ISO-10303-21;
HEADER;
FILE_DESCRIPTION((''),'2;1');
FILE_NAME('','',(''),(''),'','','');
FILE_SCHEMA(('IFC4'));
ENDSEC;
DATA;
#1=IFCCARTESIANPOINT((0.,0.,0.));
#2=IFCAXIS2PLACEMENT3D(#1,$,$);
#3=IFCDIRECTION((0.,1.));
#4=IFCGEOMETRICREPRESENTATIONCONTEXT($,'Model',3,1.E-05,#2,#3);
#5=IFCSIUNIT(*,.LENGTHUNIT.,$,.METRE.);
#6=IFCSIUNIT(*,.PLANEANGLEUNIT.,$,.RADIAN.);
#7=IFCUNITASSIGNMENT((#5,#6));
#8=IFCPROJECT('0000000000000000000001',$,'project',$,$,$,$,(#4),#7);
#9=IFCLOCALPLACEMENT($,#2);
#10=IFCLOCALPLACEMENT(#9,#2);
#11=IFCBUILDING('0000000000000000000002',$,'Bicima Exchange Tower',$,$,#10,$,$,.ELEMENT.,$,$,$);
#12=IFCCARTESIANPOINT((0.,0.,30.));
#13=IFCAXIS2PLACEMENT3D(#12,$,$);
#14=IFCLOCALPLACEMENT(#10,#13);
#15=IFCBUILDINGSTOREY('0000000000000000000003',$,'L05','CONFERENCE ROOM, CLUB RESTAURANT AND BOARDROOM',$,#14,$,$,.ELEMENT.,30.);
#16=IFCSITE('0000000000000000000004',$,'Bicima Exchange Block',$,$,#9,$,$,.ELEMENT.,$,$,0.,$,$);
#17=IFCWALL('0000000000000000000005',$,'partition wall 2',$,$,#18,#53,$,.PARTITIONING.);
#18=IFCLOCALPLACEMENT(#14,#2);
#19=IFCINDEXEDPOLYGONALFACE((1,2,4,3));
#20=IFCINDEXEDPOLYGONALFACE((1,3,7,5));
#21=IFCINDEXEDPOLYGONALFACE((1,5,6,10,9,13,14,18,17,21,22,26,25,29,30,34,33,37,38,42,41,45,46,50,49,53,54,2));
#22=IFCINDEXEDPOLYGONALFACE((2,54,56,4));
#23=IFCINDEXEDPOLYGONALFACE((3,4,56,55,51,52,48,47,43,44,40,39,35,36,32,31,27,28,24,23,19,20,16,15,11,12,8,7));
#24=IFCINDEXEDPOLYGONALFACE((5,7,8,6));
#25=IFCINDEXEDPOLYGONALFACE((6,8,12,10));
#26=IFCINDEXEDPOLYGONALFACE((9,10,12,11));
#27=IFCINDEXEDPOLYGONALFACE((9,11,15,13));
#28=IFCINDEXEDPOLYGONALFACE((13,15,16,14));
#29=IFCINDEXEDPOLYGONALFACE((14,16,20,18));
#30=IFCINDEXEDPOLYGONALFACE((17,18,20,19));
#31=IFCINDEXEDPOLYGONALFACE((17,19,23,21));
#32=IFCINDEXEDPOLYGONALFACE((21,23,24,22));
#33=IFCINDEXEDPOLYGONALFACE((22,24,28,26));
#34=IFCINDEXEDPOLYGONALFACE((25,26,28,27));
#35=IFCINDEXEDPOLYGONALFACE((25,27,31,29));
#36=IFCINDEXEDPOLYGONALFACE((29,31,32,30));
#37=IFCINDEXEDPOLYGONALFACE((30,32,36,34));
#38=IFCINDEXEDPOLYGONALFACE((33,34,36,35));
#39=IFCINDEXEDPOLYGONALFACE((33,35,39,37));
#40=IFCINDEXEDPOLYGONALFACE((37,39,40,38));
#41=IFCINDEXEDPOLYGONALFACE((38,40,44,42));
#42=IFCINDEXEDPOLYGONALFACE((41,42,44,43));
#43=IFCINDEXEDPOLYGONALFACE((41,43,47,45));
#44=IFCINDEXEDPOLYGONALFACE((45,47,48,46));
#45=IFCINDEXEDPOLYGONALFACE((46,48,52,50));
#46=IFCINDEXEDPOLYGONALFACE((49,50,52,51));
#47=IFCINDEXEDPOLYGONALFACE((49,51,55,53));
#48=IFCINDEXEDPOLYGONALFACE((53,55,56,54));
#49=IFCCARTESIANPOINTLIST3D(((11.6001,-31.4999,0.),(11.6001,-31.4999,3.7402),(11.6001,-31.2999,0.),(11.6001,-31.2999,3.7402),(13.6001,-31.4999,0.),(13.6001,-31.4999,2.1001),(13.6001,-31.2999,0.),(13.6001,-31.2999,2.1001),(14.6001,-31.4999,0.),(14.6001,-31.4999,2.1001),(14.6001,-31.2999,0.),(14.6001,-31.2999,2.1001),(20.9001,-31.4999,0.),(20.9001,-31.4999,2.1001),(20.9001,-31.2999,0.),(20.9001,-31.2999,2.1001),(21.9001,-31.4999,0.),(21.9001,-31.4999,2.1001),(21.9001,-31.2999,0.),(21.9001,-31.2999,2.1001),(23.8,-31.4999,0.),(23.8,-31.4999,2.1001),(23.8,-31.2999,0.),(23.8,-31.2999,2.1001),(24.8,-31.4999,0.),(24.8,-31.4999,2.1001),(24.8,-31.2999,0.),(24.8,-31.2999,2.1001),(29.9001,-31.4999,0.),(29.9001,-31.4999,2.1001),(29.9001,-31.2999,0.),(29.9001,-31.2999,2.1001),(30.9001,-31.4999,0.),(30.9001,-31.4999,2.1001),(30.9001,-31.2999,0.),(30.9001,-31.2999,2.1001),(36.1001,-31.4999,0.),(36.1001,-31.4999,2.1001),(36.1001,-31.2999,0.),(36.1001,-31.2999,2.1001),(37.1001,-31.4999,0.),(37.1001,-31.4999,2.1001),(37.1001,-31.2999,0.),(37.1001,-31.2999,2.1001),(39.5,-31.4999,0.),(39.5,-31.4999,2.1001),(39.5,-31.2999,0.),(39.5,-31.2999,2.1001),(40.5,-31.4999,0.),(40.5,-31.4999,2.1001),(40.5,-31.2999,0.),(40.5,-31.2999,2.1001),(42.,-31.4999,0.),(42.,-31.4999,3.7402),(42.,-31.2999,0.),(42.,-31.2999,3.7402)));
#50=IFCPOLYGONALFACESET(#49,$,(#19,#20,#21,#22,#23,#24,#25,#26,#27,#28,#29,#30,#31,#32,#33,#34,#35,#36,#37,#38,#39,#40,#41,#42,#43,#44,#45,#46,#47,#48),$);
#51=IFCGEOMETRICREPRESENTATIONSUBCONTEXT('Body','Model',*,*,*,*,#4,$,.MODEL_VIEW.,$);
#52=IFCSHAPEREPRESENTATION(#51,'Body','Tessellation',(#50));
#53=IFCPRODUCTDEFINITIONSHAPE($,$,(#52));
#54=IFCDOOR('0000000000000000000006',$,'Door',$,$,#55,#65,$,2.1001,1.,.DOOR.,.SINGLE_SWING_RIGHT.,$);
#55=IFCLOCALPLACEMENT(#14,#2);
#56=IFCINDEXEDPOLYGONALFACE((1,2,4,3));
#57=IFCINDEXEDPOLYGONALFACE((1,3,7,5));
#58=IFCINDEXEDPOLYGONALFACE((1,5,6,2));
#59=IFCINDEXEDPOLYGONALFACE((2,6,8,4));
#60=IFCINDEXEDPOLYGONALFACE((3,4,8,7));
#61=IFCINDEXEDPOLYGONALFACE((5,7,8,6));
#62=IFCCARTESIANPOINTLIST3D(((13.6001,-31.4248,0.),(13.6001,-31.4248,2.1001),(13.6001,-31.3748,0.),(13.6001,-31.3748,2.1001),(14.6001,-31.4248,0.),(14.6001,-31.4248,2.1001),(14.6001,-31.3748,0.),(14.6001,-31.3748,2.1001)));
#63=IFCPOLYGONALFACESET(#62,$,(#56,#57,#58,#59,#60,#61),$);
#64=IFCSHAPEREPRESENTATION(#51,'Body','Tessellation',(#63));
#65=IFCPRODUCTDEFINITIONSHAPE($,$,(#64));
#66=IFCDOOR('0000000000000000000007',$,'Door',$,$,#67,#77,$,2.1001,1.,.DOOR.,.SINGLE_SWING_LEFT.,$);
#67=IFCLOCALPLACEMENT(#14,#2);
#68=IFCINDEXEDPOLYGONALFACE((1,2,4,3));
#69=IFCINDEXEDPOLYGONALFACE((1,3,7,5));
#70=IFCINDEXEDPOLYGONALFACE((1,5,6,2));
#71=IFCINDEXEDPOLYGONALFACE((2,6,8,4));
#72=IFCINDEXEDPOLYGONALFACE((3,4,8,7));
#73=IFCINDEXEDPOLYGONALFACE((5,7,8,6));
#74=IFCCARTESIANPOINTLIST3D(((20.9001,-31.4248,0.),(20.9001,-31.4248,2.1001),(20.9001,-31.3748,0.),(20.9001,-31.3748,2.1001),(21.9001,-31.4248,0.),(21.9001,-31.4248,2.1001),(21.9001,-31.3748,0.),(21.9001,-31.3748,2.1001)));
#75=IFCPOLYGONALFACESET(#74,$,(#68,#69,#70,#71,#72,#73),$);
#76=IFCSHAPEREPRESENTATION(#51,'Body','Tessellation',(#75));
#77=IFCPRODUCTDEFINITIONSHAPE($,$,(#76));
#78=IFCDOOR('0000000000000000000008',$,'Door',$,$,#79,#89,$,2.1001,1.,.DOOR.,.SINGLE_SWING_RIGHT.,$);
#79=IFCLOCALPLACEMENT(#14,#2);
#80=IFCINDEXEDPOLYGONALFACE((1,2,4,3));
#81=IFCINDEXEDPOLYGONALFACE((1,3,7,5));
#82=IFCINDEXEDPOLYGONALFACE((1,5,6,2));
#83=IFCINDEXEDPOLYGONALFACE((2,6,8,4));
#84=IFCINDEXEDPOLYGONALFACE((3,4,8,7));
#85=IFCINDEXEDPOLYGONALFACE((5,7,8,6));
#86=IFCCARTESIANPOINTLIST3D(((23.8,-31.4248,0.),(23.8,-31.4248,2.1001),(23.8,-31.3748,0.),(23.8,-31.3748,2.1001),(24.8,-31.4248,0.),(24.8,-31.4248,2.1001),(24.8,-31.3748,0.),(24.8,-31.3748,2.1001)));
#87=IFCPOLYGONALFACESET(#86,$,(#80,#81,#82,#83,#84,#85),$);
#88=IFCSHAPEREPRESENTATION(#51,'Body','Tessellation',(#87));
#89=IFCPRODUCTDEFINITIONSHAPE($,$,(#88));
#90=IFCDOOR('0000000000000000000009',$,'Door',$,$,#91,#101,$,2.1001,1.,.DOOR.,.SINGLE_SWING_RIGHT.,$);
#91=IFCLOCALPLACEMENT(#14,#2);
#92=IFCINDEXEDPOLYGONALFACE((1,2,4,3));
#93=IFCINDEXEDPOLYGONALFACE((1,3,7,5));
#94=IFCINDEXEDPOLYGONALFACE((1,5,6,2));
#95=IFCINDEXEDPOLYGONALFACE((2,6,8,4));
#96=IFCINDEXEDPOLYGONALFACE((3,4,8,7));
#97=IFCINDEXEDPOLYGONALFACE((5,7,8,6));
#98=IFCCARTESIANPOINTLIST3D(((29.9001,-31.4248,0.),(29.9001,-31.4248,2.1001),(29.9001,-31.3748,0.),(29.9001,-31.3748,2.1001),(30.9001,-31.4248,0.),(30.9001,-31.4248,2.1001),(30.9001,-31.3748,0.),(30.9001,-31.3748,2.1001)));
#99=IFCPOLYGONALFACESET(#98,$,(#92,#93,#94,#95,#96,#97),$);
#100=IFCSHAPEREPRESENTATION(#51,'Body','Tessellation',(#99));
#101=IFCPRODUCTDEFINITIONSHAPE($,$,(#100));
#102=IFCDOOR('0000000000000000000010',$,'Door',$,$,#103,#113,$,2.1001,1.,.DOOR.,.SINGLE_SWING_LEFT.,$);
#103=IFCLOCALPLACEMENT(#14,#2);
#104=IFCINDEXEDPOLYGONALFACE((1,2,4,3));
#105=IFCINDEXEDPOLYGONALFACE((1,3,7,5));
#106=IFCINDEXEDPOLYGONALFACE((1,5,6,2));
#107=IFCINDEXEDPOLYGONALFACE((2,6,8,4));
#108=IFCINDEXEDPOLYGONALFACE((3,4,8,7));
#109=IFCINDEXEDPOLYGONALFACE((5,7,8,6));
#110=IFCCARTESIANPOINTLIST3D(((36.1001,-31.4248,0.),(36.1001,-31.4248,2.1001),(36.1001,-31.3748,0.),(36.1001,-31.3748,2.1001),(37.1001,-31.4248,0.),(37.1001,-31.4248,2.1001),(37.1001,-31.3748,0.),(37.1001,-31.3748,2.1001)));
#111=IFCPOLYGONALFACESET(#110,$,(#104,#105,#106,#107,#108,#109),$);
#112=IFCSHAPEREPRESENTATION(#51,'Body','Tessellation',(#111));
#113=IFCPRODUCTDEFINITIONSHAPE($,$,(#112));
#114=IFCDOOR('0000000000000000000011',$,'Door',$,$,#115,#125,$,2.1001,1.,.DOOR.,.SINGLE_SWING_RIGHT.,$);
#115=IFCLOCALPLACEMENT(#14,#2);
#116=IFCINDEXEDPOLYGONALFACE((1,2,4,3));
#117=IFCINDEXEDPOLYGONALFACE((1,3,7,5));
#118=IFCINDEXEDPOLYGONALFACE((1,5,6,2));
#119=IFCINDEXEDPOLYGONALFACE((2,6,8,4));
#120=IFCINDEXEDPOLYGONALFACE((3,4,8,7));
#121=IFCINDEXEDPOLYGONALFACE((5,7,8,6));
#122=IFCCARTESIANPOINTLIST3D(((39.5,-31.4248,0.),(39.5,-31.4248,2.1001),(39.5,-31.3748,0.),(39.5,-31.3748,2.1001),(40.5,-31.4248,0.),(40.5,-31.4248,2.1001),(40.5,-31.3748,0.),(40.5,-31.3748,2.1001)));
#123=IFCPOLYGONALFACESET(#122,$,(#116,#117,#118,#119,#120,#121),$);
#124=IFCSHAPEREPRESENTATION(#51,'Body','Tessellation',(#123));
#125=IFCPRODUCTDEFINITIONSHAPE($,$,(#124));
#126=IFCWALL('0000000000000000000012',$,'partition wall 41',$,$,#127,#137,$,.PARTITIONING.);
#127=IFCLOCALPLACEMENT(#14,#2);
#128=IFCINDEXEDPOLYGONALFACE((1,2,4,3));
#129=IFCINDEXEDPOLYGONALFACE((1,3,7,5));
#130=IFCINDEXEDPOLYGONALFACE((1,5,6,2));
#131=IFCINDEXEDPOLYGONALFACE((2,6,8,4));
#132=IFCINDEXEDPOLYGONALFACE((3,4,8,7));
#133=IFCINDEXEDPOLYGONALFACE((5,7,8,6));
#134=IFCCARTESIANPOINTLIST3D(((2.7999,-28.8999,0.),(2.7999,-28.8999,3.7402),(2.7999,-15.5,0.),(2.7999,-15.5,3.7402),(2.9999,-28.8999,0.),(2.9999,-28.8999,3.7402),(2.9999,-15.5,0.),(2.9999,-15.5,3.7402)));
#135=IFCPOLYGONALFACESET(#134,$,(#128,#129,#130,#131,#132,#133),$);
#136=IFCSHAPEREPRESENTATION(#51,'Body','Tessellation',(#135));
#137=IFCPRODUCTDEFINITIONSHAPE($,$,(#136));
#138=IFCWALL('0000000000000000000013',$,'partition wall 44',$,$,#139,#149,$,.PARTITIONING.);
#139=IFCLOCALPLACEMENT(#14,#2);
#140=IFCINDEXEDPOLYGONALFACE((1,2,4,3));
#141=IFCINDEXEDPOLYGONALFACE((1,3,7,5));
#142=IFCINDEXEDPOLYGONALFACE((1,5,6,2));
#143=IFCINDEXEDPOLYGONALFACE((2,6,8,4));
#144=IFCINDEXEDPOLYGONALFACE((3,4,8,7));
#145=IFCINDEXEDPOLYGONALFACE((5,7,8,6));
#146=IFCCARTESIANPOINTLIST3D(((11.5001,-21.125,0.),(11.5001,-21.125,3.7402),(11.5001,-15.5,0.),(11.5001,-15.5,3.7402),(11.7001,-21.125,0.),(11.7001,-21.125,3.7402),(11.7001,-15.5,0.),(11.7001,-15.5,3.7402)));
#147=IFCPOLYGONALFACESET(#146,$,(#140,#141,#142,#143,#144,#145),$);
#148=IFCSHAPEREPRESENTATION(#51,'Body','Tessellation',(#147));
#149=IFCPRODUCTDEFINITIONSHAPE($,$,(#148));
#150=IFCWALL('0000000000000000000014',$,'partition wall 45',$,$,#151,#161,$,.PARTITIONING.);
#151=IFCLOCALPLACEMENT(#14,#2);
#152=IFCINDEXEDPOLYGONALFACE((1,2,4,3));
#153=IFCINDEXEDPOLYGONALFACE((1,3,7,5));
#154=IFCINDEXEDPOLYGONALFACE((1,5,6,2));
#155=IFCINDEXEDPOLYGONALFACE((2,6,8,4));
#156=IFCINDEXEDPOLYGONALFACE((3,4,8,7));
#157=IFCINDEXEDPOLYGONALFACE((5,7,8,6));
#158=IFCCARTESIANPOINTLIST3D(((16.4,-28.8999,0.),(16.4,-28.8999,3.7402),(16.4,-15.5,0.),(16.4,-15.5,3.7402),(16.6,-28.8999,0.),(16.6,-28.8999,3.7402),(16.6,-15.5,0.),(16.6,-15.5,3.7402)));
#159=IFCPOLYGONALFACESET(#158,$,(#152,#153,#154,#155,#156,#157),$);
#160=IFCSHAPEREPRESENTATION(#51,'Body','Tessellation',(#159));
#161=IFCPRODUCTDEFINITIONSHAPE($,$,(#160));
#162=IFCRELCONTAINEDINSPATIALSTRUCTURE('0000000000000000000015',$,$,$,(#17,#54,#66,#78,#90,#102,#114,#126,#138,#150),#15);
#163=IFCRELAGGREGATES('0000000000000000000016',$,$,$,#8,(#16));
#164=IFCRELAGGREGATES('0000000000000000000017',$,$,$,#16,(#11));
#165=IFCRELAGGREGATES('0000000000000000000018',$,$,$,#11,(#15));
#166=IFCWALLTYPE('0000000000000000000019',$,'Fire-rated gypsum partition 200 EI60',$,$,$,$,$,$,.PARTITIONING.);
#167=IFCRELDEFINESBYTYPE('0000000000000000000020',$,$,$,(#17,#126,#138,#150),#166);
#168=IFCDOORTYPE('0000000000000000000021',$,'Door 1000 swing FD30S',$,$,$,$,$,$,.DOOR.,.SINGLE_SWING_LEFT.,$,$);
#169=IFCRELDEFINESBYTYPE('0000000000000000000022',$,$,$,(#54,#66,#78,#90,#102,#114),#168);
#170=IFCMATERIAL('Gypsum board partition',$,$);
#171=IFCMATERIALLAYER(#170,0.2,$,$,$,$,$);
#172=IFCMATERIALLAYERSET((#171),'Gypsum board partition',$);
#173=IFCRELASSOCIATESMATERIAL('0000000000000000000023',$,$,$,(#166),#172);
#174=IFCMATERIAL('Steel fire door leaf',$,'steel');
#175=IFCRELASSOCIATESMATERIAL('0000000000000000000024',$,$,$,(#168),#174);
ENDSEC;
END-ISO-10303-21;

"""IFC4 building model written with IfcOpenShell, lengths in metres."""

from ifc_helpers import new_model, si_unit, direction, frame, frame_2d, origin, place, context, subcontext, project, spatial, rectangle, extrude, material, layer, layer_set, type_object, element, fill, save


model = new_model("IFC4")

# Units and contexts
model_context = context("Model", 3, precision=1e-05, world=origin(), true_north=direction((0.0, 1.0)))
body_context = subcontext(model_context, "Body", "Model", "MODEL_VIEW")
ifc_project = project(units=[si_unit("LENGTHUNIT", "METRE"), si_unit("PLANEANGLEUNIT", "RADIAN")], contexts=[model_context])

# Site, building, storey
site_placement = place(None, origin())
site = spatial("IfcSite", under=ifc_project, at=site_placement, Name="Bicima Exchange Block", CompositionType="ELEMENT", RefElevation=0.0)
building_placement = place(site_placement, origin())
building = spatial("IfcBuilding", under=site, at=building_placement, Name="Bicima Exchange Tower", CompositionType="ELEMENT")
storey_placement = place(building_placement, frame((0.0, 0.0, 30.0)))
storey = spatial("IfcBuildingStorey", under=building, at=storey_placement, Name="L05", Description="CONFERENCE ROOM, CLUB RESTAURANT AND BOARDROOM", CompositionType="ELEMENT", Elevation=30.0)

# Wall, openings, doors
ifc_material_1 = material(Name="Gypsum board partition")
ifc_layer_1 = layer(ifc_material_1, 0.2)
ifc_layer_set_1 = layer_set([ifc_layer_1], Name="Gypsum board partition")
wall_type_1 = type_object("IfcWallType", Name="Fire-rated gypsum partition 200 EI60", PredefinedType="PARTITIONING", material=ifc_layer_set_1)
wall_1_placement = place(storey_placement, frame((11.6001, -31.3999, 0.0), z_axis=(0.0, 0.0, 1.0), x_axis=(1.0, 0.0, 0.0)))
wall_1 = element("IfcWall", 1, at=wall_1_placement, inside=storey, type_object=wall_type_1, Name="partition wall 2", PredefinedType="PARTITIONING", context=body_context, shape_type="SweptSolid", body=[
    extrude(rectangle(XDim=30.3999, YDim=0.2, at=frame_2d((15.2, 0.0))), origin(), (0.0, 0.0, 1.0), 3.7402),
])
opening_1_placement = place(wall_1_placement, frame((2.0, 0.0, 0.0)))
opening_1 = element("IfcOpeningElement", 2, at=opening_1_placement, cuts=wall_1, PredefinedType="OPENING", context=body_context, shape_type="SweptSolid", body=[
    extrude(rectangle(XDim=1.0, YDim=2.1001, at=frame_2d((0.5, 1.05))), frame((0.0, 0.1118, 0.0), z_axis=(0.0, -1.0, 0.0), x_axis=(1.0, 0.0, 0.0)), (0.0, 0.0, 1.0), 0.2239),
])
opening_2_placement = place(wall_1_placement, frame((9.3, 0.0, 0.0)))
opening_2 = element("IfcOpeningElement", 3, at=opening_2_placement, cuts=wall_1, PredefinedType="OPENING", context=body_context, shape_type="SweptSolid", body=[
    extrude(rectangle(XDim=1.0, YDim=2.1001, at=frame_2d((0.5, 1.05))), frame((0.0, 0.1118, 0.0), z_axis=(0.0, -1.0, 0.0), x_axis=(1.0, 0.0, 0.0)), (0.0, 0.0, 1.0), 0.2239),
])
opening_3_placement = place(wall_1_placement, frame((12.2, 0.0, 0.0)))
opening_3 = element("IfcOpeningElement", 4, at=opening_3_placement, cuts=wall_1, PredefinedType="OPENING", context=body_context, shape_type="SweptSolid", body=[
    extrude(rectangle(XDim=1.0, YDim=2.1001, at=frame_2d((0.5, 1.05))), frame((0.0, 0.1118, 0.0), z_axis=(0.0, -1.0, 0.0), x_axis=(1.0, 0.0, 0.0)), (0.0, 0.0, 1.0), 0.2239),
])
opening_4_placement = place(wall_1_placement, frame((18.3, 0.0, 0.0)))
opening_4 = element("IfcOpeningElement", 5, at=opening_4_placement, cuts=wall_1, PredefinedType="OPENING", context=body_context, shape_type="SweptSolid", body=[
    extrude(rectangle(XDim=1.0, YDim=2.1001, at=frame_2d((0.5, 1.05))), frame((0.0, 0.1118, 0.0), z_axis=(0.0, -1.0, 0.0), x_axis=(1.0, 0.0, 0.0)), (0.0, 0.0, 1.0), 0.2239),
])
opening_5_placement = place(wall_1_placement, frame((24.5, 0.0, 0.0)))
opening_5 = element("IfcOpeningElement", 6, at=opening_5_placement, cuts=wall_1, PredefinedType="OPENING", context=body_context, shape_type="SweptSolid", body=[
    extrude(rectangle(XDim=1.0, YDim=2.1001, at=frame_2d((0.5, 1.05))), frame((0.0, 0.1118, 0.0), z_axis=(0.0, -1.0, 0.0), x_axis=(1.0, 0.0, 0.0)), (0.0, 0.0, 1.0), 0.2239),
])
opening_6_placement = place(wall_1_placement, frame((27.8999, 0.0, 0.0)))
opening_6 = element("IfcOpeningElement", 7, at=opening_6_placement, cuts=wall_1, PredefinedType="OPENING", context=body_context, shape_type="SweptSolid", body=[
    extrude(rectangle(XDim=1.0, YDim=2.1001, at=frame_2d((0.5, 1.05))), frame((0.0, 0.1118, 0.0), z_axis=(0.0, -1.0, 0.0), x_axis=(1.0, 0.0, 0.0)), (0.0, 0.0, 1.0), 0.2239),
])
ifc_material_2 = material(Name="Steel fire door leaf", Category="steel")
door_type = type_object("IfcDoorType", Name="Door 1000 swing FD30S", OperationType="SINGLE_SWING_LEFT", PredefinedType="DOOR", material=ifc_material_2)
door_1_placement = place(opening_1_placement, frame((1.0, 0.0, 0.0), z_axis=(0.0, 0.0, 1.0), x_axis=(-1.0, 0.0, 0.0)))
door_1 = element("IfcDoor", 8, at=door_1_placement, inside=storey, type_object=door_type, Name="Door", OperationType="SINGLE_SWING_RIGHT", OverallHeight=2.1001, OverallWidth=1.0, PredefinedType="DOOR", context=body_context, shape_type="SweptSolid", body=[
    extrude(rectangle(XDim=1.0, YDim=2.1001, at=frame_2d((0.5, 1.05))), frame((0.0, 0.0249, 0.0), z_axis=(0.0, -1.0, 0.0), x_axis=(1.0, 0.0, 0.0)), (0.0, 0.0, 1.0), 0.05),
])
fill(opening_1, door_1)
door_2_placement = place(opening_2_placement, frame((1.0, 0.0, 0.0), z_axis=(0.0, 0.0, 1.0), x_axis=(-1.0, 0.0, 0.0)))
door_2 = element("IfcDoor", 9, at=door_2_placement, inside=storey, type_object=door_type, Name="Door", OperationType="SINGLE_SWING_LEFT", OverallHeight=2.1001, OverallWidth=1.0, PredefinedType="DOOR", context=body_context, shape_type="SweptSolid", body=[
    extrude(rectangle(XDim=1.0, YDim=2.1001, at=frame_2d((0.5, 1.05))), frame((0.0, 0.0249, 0.0), z_axis=(0.0, -1.0, 0.0), x_axis=(1.0, 0.0, 0.0)), (0.0, 0.0, 1.0), 0.05),
])
fill(opening_2, door_2)
door_3_placement = place(opening_3_placement, frame((1.0, 0.0, 0.0), z_axis=(0.0, 0.0, 1.0), x_axis=(-1.0, 0.0, 0.0)))
door_3 = element("IfcDoor", 10, at=door_3_placement, inside=storey, type_object=door_type, Name="Door", OperationType="SINGLE_SWING_RIGHT", OverallHeight=2.1001, OverallWidth=1.0, PredefinedType="DOOR", context=body_context, shape_type="SweptSolid", body=[
    extrude(rectangle(XDim=1.0, YDim=2.1001, at=frame_2d((0.5, 1.05))), frame((0.0, 0.0249, 0.0), z_axis=(0.0, -1.0, 0.0), x_axis=(1.0, 0.0, 0.0)), (0.0, 0.0, 1.0), 0.05),
])
fill(opening_3, door_3)
door_4_placement = place(opening_4_placement, frame((1.0, 0.0, 0.0), z_axis=(0.0, 0.0, 1.0), x_axis=(-1.0, 0.0, 0.0)))
door_4 = element("IfcDoor", 11, at=door_4_placement, inside=storey, type_object=door_type, Name="Door", OperationType="SINGLE_SWING_RIGHT", OverallHeight=2.1001, OverallWidth=1.0, PredefinedType="DOOR", context=body_context, shape_type="SweptSolid", body=[
    extrude(rectangle(XDim=1.0, YDim=2.1001, at=frame_2d((0.5, 1.05))), frame((0.0, 0.0249, 0.0), z_axis=(0.0, -1.0, 0.0), x_axis=(1.0, 0.0, 0.0)), (0.0, 0.0, 1.0), 0.05),
])
fill(opening_4, door_4)
door_5_placement = place(opening_5_placement, frame((1.0, 0.0, 0.0), z_axis=(0.0, 0.0, 1.0), x_axis=(-1.0, 0.0, 0.0)))
door_5 = element("IfcDoor", 12, at=door_5_placement, inside=storey, type_object=door_type, Name="Door", OperationType="SINGLE_SWING_LEFT", OverallHeight=2.1001, OverallWidth=1.0, PredefinedType="DOOR", context=body_context, shape_type="SweptSolid", body=[
    extrude(rectangle(XDim=1.0, YDim=2.1001, at=frame_2d((0.5, 1.05))), frame((0.0, 0.0249, 0.0), z_axis=(0.0, -1.0, 0.0), x_axis=(1.0, 0.0, 0.0)), (0.0, 0.0, 1.0), 0.05),
])
fill(opening_5, door_5)
door_6_placement = place(opening_6_placement, frame((1.0, 0.0, 0.0), z_axis=(0.0, 0.0, 1.0), x_axis=(-1.0, 0.0, 0.0)))
door_6 = element("IfcDoor", 13, at=door_6_placement, inside=storey, type_object=door_type, Name="Door", OperationType="SINGLE_SWING_RIGHT", OverallHeight=2.1001, OverallWidth=1.0, PredefinedType="DOOR", context=body_context, shape_type="SweptSolid", body=[
    extrude(rectangle(XDim=1.0, YDim=2.1001, at=frame_2d((0.5, 1.05))), frame((0.0, 0.0249, 0.0), z_axis=(0.0, -1.0, 0.0), x_axis=(1.0, 0.0, 0.0)), (0.0, 0.0, 1.0), 0.05),
])
fill(opening_6, door_6)

# Walls
wall_2_placement = place(storey_placement, frame((2.8999, -28.8999, 0.0), z_axis=(0.0, 0.0, 1.0), x_axis=(0.0, 1.0, 0.0)))
element("IfcWall", 14, at=wall_2_placement, inside=storey, type_object=wall_type_1, Name="partition wall 41", PredefinedType="PARTITIONING", context=body_context, shape_type="SweptSolid", body=[
    extrude(rectangle(XDim=13.3999, YDim=0.2, at=frame_2d((6.7, 0.0))), origin(), (0.0, 0.0, 1.0), 3.7402),
])
wall_3_placement = place(storey_placement, frame((11.6001, -21.125, 0.0), z_axis=(0.0, 0.0, 1.0), x_axis=(0.0, 1.0, 0.0)))
element("IfcWall", 15, at=wall_3_placement, inside=storey, type_object=wall_type_1, Name="partition wall 44", PredefinedType="PARTITIONING", context=body_context, shape_type="SweptSolid", body=[
    extrude(rectangle(XDim=5.625, YDim=0.2, at=frame_2d((2.8125, 0.0))), origin(), (0.0, 0.0, 1.0), 3.7402),
])
wall_4_placement = place(storey_placement, frame((16.5, -28.8999, 0.0), z_axis=(0.0, 0.0, 1.0), x_axis=(0.0, 1.0, 0.0)))
element("IfcWall", 16, at=wall_4_placement, inside=storey, type_object=wall_type_1, Name="partition wall 45", PredefinedType="PARTITIONING", context=body_context, shape_type="SweptSolid", body=[
    extrude(rectangle(XDim=13.3999, YDim=0.2, at=frame_2d((6.7, 0.0))), origin(), (0.0, 0.0, 1.0), 3.7402),
])

save(model, "model.ifc")
